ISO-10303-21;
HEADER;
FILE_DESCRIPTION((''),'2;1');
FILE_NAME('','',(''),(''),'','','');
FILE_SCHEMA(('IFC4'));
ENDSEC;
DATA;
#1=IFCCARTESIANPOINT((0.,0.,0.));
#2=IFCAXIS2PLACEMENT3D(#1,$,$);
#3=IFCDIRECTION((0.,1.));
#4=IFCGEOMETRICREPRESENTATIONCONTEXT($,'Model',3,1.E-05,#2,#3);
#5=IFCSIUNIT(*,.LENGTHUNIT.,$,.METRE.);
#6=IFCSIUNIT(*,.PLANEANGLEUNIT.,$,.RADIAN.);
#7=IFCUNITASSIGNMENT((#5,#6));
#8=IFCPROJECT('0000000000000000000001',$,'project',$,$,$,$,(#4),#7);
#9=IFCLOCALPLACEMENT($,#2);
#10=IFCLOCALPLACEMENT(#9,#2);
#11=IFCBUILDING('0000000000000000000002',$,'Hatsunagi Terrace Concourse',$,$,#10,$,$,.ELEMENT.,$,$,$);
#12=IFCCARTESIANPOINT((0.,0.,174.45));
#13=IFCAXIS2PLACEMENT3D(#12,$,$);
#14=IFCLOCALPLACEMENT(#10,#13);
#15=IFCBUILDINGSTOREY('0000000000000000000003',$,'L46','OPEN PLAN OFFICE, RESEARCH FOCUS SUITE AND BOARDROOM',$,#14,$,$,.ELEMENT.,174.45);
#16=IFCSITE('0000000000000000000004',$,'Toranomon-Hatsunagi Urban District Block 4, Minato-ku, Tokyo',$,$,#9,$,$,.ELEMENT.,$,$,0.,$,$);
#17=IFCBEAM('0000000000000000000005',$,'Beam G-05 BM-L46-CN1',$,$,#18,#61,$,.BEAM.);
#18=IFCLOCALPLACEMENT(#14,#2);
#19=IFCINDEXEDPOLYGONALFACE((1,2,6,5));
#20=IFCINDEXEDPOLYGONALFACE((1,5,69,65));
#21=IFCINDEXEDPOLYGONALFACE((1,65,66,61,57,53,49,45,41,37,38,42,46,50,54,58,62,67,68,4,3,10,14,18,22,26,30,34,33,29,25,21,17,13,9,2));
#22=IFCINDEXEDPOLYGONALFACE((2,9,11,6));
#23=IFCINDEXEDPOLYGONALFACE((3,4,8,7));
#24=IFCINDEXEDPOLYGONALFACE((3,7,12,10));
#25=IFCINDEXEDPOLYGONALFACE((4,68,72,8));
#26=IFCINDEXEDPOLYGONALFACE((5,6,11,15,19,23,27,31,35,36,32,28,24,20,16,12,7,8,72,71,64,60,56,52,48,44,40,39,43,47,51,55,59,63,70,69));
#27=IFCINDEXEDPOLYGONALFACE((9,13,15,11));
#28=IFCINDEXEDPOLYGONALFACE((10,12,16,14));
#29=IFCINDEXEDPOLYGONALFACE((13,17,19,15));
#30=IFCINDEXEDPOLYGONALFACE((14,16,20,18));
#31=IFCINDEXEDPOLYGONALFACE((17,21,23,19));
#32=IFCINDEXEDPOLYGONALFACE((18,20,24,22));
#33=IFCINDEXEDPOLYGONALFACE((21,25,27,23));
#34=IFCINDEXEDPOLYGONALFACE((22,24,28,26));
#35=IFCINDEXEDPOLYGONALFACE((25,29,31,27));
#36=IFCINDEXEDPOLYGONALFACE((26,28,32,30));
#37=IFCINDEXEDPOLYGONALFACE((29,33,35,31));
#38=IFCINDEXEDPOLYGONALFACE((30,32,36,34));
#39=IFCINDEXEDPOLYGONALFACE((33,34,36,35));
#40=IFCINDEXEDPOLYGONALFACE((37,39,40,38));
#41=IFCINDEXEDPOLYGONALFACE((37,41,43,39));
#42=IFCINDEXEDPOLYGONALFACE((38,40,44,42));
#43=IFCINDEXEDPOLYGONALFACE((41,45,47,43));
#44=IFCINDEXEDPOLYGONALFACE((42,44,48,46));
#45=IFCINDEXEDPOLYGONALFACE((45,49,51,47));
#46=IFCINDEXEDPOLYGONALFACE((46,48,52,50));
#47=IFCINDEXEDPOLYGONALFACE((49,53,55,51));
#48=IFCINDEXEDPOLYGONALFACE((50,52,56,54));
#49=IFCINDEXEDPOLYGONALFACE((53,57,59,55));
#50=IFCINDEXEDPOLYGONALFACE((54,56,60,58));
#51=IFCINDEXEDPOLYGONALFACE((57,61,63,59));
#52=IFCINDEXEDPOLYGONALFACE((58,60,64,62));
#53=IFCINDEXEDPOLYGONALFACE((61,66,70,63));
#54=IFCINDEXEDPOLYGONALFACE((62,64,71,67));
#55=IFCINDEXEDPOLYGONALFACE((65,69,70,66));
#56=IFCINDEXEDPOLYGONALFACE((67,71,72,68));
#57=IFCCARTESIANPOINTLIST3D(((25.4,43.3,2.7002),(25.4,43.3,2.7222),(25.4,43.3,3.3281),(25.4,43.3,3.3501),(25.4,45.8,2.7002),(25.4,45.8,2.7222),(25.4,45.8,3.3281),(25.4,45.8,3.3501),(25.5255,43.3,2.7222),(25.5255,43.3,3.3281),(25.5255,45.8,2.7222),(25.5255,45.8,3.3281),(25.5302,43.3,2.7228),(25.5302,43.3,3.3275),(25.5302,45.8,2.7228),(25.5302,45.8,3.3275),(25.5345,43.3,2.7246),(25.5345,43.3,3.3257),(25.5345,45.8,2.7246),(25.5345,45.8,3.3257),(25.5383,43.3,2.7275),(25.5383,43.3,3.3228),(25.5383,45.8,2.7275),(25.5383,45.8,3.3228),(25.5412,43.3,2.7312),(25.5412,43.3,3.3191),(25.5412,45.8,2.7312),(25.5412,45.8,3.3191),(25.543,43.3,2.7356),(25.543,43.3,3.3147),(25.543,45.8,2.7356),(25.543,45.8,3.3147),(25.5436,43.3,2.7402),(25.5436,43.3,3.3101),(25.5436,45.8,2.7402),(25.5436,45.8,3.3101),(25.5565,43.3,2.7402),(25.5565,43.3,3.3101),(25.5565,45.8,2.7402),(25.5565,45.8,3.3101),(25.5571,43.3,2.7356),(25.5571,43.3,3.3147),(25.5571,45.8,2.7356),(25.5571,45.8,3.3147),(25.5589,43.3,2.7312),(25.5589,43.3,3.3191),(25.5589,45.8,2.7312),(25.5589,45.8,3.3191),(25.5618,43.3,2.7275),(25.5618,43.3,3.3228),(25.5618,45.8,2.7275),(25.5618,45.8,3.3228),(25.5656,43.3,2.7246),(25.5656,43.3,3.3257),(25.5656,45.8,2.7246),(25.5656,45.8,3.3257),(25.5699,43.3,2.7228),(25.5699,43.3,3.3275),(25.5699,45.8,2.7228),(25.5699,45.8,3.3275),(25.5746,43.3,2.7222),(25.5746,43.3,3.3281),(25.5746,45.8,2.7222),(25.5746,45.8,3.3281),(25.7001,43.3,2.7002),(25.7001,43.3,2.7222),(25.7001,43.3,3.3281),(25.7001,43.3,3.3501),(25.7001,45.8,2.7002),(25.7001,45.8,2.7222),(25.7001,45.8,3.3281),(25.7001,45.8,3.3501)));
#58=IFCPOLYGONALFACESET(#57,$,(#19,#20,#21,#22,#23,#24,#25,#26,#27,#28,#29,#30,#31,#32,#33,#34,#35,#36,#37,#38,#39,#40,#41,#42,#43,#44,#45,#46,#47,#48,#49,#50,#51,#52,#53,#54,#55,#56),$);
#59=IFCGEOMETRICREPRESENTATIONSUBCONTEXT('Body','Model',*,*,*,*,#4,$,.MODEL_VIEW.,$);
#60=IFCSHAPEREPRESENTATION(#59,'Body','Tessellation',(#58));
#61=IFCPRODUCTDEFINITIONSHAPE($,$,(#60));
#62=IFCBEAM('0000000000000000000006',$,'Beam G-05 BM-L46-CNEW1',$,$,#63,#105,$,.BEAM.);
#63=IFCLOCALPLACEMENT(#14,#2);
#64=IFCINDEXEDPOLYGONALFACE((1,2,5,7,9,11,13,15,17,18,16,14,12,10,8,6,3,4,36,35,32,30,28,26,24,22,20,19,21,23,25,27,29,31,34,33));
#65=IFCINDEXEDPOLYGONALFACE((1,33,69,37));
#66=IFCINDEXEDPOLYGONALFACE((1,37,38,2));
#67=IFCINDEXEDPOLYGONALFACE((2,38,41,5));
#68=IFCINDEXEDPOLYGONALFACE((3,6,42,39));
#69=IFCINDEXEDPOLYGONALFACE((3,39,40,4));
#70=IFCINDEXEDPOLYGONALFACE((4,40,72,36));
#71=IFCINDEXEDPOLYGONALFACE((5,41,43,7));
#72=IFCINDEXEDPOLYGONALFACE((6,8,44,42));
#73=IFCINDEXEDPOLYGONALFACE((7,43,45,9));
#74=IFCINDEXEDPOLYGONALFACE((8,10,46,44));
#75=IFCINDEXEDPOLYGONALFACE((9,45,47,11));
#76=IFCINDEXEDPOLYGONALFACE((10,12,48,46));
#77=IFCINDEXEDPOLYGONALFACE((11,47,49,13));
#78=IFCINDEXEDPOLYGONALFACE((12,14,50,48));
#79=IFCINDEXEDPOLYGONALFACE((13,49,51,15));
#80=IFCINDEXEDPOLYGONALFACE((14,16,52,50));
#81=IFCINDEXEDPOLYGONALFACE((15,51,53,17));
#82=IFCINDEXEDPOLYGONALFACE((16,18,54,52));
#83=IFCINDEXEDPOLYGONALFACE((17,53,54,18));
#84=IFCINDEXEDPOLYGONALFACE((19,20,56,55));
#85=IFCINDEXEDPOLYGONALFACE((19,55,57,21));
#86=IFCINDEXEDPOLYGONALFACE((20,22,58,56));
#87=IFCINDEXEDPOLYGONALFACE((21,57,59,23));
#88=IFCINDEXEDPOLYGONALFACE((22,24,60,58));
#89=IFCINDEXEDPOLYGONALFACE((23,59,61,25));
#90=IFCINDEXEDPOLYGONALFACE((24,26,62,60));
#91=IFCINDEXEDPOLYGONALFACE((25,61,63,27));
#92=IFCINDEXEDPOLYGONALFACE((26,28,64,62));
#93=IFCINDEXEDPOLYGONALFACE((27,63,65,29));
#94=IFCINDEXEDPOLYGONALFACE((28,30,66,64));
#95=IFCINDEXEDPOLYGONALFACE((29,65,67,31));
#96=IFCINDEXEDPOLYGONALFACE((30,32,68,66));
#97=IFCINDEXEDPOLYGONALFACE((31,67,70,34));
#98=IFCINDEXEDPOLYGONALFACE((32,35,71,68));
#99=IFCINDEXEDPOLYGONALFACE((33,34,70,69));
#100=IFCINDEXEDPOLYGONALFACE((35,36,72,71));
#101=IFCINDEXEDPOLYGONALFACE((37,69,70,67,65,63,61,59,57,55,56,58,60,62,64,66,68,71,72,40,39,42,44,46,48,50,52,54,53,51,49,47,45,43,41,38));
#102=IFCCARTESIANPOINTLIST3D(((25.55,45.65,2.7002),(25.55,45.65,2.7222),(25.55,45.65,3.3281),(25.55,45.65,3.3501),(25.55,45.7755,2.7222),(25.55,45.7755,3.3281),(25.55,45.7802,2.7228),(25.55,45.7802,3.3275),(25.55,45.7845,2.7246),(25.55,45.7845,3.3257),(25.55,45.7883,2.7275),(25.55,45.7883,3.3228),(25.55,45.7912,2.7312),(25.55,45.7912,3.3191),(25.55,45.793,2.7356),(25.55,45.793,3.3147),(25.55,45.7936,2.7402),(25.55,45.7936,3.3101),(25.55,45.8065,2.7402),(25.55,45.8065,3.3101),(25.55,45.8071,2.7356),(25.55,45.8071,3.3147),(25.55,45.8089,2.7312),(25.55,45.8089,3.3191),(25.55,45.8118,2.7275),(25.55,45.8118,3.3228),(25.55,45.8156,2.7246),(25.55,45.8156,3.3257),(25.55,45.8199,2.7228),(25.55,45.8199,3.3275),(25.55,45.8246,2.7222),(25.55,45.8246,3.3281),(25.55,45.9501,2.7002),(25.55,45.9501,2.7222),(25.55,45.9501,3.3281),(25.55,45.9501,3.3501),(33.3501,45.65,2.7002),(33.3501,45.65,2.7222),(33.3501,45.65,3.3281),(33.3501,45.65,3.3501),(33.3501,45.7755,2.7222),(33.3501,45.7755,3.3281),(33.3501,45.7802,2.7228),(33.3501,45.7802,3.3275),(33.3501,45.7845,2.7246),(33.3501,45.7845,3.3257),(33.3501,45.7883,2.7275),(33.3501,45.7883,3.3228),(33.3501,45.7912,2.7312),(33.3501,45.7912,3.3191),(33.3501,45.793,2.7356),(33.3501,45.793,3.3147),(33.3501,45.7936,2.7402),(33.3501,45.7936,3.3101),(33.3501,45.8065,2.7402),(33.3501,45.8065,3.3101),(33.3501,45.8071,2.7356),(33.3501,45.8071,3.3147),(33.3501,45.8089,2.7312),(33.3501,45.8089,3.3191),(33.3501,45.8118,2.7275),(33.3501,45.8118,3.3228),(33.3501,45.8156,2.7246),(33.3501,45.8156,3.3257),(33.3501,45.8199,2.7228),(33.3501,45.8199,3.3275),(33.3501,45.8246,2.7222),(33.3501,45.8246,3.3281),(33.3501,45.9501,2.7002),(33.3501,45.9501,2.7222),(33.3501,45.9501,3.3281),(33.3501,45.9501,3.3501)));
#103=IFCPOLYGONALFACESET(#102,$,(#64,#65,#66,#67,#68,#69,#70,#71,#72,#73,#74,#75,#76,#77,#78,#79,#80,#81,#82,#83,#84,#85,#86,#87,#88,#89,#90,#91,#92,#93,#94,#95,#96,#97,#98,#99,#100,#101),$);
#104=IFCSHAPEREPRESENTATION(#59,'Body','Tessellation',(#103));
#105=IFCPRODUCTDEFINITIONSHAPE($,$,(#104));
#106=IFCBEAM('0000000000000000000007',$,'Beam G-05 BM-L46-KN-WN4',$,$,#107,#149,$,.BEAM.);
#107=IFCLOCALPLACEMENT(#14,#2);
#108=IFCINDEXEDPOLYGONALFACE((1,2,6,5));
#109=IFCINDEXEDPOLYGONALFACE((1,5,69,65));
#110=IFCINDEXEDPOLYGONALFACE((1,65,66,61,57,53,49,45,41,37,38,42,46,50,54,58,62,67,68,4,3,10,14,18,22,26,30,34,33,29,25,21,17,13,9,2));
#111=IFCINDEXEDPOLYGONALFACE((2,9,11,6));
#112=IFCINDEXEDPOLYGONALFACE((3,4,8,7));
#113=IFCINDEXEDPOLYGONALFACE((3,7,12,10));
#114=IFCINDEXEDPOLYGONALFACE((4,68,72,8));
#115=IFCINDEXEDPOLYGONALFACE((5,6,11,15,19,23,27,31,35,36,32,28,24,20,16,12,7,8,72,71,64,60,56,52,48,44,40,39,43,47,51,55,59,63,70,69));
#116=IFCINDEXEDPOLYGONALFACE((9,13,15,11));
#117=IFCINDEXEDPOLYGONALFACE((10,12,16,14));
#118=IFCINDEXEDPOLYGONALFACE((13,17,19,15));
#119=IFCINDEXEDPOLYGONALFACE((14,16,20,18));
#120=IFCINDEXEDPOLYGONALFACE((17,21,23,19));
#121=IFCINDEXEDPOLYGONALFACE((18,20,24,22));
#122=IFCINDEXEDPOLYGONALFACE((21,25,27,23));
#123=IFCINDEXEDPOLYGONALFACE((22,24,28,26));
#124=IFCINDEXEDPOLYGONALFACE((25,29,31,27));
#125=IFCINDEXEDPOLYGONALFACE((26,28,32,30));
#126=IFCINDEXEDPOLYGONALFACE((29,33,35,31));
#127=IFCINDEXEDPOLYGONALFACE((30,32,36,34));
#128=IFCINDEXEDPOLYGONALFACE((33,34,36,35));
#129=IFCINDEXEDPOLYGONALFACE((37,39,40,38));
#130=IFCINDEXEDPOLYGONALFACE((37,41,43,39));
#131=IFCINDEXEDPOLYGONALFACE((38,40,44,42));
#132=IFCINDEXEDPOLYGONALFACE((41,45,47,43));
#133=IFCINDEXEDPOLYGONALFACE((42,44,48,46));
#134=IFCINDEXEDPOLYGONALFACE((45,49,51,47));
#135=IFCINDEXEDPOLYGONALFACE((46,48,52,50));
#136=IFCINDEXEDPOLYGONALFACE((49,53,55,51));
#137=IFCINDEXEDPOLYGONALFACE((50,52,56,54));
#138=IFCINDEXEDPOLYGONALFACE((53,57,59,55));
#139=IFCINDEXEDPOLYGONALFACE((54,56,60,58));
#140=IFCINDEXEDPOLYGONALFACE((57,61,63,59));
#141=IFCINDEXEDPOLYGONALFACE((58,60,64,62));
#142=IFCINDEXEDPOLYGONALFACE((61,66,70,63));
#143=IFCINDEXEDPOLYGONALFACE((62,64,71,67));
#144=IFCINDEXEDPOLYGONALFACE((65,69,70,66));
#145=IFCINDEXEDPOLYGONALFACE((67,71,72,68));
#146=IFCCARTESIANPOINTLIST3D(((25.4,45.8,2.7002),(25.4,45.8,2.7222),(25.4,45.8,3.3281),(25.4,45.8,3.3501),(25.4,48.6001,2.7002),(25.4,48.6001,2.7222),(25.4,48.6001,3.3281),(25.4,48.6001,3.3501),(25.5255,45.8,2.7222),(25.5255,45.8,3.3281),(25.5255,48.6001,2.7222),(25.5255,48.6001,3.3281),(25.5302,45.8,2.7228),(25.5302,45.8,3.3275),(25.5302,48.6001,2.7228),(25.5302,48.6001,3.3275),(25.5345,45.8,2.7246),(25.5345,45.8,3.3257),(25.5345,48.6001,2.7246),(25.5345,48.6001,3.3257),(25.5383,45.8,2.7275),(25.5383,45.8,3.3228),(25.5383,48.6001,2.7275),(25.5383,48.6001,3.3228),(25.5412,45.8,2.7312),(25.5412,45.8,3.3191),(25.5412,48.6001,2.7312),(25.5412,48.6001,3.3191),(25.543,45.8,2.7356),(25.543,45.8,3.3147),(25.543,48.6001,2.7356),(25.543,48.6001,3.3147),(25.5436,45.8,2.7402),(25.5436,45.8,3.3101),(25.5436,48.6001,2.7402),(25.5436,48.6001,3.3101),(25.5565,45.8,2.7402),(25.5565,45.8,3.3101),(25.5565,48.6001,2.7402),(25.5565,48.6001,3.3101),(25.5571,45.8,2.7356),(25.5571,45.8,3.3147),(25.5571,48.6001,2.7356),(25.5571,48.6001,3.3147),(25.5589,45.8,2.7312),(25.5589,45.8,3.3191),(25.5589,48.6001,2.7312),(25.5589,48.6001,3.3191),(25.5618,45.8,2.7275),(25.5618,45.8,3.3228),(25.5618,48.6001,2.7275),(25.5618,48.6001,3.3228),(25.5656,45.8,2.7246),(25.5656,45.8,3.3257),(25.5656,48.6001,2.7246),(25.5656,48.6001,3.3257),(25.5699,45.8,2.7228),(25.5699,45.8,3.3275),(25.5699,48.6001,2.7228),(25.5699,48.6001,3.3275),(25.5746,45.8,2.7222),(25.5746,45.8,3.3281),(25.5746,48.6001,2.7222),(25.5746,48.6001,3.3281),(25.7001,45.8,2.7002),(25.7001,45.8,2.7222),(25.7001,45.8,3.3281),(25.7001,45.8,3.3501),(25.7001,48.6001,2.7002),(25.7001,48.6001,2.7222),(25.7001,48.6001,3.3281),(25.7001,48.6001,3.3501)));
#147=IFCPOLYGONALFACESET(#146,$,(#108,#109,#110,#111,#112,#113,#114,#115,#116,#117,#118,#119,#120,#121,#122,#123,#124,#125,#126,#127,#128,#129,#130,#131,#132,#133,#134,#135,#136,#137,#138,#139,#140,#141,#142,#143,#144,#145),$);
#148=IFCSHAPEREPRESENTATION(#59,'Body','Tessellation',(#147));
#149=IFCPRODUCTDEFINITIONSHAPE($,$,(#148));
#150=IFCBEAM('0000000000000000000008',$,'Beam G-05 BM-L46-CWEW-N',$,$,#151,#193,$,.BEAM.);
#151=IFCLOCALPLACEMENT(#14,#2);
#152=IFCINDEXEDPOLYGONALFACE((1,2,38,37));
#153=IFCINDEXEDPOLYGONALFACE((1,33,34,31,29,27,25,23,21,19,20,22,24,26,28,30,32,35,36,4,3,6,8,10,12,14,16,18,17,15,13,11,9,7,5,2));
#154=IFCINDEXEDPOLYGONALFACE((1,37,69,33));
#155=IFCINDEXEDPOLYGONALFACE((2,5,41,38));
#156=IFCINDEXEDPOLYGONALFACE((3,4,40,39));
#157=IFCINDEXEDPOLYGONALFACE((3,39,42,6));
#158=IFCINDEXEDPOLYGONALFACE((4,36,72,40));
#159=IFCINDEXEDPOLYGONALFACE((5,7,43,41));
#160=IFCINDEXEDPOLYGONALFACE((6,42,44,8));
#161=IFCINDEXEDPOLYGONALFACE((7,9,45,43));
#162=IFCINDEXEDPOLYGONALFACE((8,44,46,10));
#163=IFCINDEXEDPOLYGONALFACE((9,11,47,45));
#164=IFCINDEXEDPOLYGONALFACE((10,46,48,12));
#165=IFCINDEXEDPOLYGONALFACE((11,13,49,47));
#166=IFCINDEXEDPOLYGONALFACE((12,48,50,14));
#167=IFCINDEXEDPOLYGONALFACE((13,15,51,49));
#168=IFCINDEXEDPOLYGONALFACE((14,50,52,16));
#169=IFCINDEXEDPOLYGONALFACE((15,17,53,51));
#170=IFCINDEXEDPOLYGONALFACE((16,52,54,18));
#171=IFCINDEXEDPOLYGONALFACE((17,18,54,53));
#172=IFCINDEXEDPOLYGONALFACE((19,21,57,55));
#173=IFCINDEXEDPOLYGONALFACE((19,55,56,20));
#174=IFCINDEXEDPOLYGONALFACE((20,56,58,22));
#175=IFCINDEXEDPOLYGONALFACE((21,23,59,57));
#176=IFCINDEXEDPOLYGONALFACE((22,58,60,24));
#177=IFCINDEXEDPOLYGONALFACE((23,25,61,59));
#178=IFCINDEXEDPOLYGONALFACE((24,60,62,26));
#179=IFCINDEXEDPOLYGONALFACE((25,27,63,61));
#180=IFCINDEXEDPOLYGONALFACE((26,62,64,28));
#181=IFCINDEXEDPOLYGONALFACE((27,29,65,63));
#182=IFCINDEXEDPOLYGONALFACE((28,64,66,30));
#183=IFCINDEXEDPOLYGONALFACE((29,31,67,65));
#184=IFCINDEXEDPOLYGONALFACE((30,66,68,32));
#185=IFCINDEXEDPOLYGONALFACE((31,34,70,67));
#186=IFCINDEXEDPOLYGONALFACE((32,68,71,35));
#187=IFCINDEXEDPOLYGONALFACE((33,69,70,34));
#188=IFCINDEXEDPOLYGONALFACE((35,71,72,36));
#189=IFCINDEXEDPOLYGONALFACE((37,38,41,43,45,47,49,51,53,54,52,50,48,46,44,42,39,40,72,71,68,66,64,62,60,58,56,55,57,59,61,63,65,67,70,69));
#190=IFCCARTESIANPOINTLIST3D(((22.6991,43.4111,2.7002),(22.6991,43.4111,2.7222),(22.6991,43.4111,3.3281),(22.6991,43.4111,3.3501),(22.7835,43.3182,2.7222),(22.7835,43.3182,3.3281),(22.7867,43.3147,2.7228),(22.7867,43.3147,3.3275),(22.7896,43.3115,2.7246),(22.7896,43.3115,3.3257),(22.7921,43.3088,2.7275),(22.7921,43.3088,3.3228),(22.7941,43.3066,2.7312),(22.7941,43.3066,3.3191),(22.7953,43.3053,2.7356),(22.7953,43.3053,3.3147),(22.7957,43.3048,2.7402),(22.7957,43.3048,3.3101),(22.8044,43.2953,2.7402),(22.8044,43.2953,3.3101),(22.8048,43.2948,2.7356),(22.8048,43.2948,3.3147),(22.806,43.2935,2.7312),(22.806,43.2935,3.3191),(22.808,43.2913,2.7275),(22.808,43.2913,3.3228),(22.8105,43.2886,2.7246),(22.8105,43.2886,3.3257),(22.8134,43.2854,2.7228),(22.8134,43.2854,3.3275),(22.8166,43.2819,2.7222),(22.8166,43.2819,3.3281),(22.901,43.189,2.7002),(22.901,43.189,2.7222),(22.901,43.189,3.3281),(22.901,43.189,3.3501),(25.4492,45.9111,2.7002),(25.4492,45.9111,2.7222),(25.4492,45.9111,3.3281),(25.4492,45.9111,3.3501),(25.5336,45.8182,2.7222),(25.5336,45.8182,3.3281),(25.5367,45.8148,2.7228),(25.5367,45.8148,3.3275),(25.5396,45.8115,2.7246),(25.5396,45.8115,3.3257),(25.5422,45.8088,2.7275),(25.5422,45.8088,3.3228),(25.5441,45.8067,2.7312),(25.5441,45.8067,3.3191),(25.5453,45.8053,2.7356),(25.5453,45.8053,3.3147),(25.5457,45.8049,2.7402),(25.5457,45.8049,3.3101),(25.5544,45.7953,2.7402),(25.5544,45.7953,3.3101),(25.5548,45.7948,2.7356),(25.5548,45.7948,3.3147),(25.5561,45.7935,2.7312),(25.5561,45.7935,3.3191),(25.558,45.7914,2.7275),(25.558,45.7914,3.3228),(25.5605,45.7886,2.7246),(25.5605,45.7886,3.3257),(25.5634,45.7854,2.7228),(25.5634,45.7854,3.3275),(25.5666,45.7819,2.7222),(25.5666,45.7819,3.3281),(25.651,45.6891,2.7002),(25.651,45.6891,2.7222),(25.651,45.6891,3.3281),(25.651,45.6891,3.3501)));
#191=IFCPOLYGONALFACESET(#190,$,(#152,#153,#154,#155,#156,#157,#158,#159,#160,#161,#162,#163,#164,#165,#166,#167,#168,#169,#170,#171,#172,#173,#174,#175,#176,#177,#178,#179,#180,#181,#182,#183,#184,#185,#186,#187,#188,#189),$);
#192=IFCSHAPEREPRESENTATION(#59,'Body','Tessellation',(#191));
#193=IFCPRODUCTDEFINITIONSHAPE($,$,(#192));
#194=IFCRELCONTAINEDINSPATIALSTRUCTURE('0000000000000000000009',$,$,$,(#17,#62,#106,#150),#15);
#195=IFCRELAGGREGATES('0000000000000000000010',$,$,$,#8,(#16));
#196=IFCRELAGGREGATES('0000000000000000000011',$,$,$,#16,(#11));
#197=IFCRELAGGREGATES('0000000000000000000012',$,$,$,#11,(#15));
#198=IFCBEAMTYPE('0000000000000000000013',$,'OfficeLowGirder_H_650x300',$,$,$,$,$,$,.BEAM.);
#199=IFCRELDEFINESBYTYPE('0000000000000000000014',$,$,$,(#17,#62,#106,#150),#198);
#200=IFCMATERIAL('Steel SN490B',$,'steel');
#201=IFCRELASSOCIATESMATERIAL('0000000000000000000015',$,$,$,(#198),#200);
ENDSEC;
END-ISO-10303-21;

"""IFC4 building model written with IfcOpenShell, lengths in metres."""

from ifc_helpers import new_model, si_unit, direction, frame, origin, origin_2d, place, context, subcontext, project, spatial, i_section, extrude, material, material_profile, profile_set, type_object, element, save


model = new_model("IFC4")

# Units and contexts
model_context = context("Model", 3, precision=1e-05, world=origin(), true_north=direction((0.0, 1.0)))
body_context = subcontext(model_context, "Body", "Model", "MODEL_VIEW")
ifc_project = project(units=[si_unit("LENGTHUNIT", "METRE"), si_unit("PLANEANGLEUNIT", "RADIAN")], contexts=[model_context])

# Site, building, storey
site_placement = place(None, origin())
site = spatial("IfcSite", under=ifc_project, at=site_placement, Name="Toranomon-Hatsunagi Urban District Block 4, Minato-ku, Tokyo", CompositionType="ELEMENT", RefElevation=0.0)
building_placement = place(site_placement, origin())
building = spatial("IfcBuilding", under=site, at=building_placement, Name="Hatsunagi Terrace Concourse", CompositionType="ELEMENT")
storey_placement = place(building_placement, frame((0.0, 0.0, 174.45)))
storey = spatial("IfcBuildingStorey", under=building, at=storey_placement, Name="L46", Description="OPEN PLAN OFFICE, RESEARCH FOCUS SUITE AND BOARDROOM", CompositionType="ELEMENT", Elevation=174.45)

# Beams
ifc_material_1 = material(Name="Steel SN490B", Category="steel")
ifc_material_profile_1 = material_profile(ifc_material_1, i_section(OverallWidth=0.3, OverallDepth=0.6499, WebThickness=0.0129, FlangeThickness=0.022, FilletRadius=0.0181, at=origin_2d()), Name="H-650x300x13x22")
ifc_profile_set_1 = profile_set([ifc_material_profile_1], Name="Steel SN490B")
beam_type_1 = type_object("IfcBeamType", Name="OfficeLowGirder_H_650x300", PredefinedType="BEAM", material=ifc_profile_set_1)
beam_1_placement = place(storey_placement, frame((25.55, 43.3, 3.0251), z_axis=(0.0, 1.0, 0.0), x_axis=(-1.0, 0.0, 0.0)))
element("IfcBeam", 1, at=beam_1_placement, inside=storey, type_object=beam_type_1, Name="Beam G-05 BM-L46-CN1", PredefinedType="BEAM", context=body_context, shape_type="SweptSolid", body=[
    extrude(i_section(OverallWidth=0.3, OverallDepth=0.6499, WebThickness=0.0129, FlangeThickness=0.022, FilletRadius=0.0181, at=origin_2d()), origin(), (0.0, 0.0, 1.0), 2.5),
])
beam_2_placement = place(storey_placement, frame((25.55, 45.8, 3.0251), z_axis=(1.0, 0.0, 0.0), x_axis=(0.0, 1.0, 0.0)))
element("IfcBeam", 2, at=beam_2_placement, inside=storey, type_object=beam_type_1, Name="Beam G-05 BM-L46-CNEW1", PredefinedType="BEAM", context=body_context, shape_type="SweptSolid", body=[
    extrude(i_section(OverallWidth=0.3, OverallDepth=0.6499, WebThickness=0.0129, FlangeThickness=0.022, FilletRadius=0.0181, at=origin_2d()), origin(), (0.0, 0.0, 1.0), 7.8),
])
beam_3_placement = place(storey_placement, frame((25.55, 45.8, 3.0251), z_axis=(0.0, 1.0, 0.0), x_axis=(-1.0, 0.0, 0.0)))
element("IfcBeam", 3, at=beam_3_placement, inside=storey, type_object=beam_type_1, Name="Beam G-05 BM-L46-KN-WN4", PredefinedType="BEAM", context=body_context, shape_type="SweptSolid", body=[
    extrude(i_section(OverallWidth=0.3, OverallDepth=0.6499, WebThickness=0.0129, FlangeThickness=0.022, FilletRadius=0.0181, at=origin_2d()), origin(), (0.0, 0.0, 1.0), 2.8),
])
beam_4_placement = place(storey_placement, frame((22.8, 43.3, 3.0251), z_axis=(0.73994, 0.672673, 0.0), x_axis=(-0.672673, 0.73994, 0.0)))
element("IfcBeam", 4, at=beam_4_placement, inside=storey, type_object=beam_type_1, Name="Beam G-05 BM-L46-CWEW-N", PredefinedType="BEAM", context=body_context, shape_type="SweptSolid", body=[
    extrude(i_section(OverallWidth=0.3, OverallDepth=0.6499, WebThickness=0.0129, FlangeThickness=0.022, FilletRadius=0.0181, at=origin_2d()), origin(), (0.0, 0.0, 1.0), 3.7166),
])

save(model, "model.ifc")
